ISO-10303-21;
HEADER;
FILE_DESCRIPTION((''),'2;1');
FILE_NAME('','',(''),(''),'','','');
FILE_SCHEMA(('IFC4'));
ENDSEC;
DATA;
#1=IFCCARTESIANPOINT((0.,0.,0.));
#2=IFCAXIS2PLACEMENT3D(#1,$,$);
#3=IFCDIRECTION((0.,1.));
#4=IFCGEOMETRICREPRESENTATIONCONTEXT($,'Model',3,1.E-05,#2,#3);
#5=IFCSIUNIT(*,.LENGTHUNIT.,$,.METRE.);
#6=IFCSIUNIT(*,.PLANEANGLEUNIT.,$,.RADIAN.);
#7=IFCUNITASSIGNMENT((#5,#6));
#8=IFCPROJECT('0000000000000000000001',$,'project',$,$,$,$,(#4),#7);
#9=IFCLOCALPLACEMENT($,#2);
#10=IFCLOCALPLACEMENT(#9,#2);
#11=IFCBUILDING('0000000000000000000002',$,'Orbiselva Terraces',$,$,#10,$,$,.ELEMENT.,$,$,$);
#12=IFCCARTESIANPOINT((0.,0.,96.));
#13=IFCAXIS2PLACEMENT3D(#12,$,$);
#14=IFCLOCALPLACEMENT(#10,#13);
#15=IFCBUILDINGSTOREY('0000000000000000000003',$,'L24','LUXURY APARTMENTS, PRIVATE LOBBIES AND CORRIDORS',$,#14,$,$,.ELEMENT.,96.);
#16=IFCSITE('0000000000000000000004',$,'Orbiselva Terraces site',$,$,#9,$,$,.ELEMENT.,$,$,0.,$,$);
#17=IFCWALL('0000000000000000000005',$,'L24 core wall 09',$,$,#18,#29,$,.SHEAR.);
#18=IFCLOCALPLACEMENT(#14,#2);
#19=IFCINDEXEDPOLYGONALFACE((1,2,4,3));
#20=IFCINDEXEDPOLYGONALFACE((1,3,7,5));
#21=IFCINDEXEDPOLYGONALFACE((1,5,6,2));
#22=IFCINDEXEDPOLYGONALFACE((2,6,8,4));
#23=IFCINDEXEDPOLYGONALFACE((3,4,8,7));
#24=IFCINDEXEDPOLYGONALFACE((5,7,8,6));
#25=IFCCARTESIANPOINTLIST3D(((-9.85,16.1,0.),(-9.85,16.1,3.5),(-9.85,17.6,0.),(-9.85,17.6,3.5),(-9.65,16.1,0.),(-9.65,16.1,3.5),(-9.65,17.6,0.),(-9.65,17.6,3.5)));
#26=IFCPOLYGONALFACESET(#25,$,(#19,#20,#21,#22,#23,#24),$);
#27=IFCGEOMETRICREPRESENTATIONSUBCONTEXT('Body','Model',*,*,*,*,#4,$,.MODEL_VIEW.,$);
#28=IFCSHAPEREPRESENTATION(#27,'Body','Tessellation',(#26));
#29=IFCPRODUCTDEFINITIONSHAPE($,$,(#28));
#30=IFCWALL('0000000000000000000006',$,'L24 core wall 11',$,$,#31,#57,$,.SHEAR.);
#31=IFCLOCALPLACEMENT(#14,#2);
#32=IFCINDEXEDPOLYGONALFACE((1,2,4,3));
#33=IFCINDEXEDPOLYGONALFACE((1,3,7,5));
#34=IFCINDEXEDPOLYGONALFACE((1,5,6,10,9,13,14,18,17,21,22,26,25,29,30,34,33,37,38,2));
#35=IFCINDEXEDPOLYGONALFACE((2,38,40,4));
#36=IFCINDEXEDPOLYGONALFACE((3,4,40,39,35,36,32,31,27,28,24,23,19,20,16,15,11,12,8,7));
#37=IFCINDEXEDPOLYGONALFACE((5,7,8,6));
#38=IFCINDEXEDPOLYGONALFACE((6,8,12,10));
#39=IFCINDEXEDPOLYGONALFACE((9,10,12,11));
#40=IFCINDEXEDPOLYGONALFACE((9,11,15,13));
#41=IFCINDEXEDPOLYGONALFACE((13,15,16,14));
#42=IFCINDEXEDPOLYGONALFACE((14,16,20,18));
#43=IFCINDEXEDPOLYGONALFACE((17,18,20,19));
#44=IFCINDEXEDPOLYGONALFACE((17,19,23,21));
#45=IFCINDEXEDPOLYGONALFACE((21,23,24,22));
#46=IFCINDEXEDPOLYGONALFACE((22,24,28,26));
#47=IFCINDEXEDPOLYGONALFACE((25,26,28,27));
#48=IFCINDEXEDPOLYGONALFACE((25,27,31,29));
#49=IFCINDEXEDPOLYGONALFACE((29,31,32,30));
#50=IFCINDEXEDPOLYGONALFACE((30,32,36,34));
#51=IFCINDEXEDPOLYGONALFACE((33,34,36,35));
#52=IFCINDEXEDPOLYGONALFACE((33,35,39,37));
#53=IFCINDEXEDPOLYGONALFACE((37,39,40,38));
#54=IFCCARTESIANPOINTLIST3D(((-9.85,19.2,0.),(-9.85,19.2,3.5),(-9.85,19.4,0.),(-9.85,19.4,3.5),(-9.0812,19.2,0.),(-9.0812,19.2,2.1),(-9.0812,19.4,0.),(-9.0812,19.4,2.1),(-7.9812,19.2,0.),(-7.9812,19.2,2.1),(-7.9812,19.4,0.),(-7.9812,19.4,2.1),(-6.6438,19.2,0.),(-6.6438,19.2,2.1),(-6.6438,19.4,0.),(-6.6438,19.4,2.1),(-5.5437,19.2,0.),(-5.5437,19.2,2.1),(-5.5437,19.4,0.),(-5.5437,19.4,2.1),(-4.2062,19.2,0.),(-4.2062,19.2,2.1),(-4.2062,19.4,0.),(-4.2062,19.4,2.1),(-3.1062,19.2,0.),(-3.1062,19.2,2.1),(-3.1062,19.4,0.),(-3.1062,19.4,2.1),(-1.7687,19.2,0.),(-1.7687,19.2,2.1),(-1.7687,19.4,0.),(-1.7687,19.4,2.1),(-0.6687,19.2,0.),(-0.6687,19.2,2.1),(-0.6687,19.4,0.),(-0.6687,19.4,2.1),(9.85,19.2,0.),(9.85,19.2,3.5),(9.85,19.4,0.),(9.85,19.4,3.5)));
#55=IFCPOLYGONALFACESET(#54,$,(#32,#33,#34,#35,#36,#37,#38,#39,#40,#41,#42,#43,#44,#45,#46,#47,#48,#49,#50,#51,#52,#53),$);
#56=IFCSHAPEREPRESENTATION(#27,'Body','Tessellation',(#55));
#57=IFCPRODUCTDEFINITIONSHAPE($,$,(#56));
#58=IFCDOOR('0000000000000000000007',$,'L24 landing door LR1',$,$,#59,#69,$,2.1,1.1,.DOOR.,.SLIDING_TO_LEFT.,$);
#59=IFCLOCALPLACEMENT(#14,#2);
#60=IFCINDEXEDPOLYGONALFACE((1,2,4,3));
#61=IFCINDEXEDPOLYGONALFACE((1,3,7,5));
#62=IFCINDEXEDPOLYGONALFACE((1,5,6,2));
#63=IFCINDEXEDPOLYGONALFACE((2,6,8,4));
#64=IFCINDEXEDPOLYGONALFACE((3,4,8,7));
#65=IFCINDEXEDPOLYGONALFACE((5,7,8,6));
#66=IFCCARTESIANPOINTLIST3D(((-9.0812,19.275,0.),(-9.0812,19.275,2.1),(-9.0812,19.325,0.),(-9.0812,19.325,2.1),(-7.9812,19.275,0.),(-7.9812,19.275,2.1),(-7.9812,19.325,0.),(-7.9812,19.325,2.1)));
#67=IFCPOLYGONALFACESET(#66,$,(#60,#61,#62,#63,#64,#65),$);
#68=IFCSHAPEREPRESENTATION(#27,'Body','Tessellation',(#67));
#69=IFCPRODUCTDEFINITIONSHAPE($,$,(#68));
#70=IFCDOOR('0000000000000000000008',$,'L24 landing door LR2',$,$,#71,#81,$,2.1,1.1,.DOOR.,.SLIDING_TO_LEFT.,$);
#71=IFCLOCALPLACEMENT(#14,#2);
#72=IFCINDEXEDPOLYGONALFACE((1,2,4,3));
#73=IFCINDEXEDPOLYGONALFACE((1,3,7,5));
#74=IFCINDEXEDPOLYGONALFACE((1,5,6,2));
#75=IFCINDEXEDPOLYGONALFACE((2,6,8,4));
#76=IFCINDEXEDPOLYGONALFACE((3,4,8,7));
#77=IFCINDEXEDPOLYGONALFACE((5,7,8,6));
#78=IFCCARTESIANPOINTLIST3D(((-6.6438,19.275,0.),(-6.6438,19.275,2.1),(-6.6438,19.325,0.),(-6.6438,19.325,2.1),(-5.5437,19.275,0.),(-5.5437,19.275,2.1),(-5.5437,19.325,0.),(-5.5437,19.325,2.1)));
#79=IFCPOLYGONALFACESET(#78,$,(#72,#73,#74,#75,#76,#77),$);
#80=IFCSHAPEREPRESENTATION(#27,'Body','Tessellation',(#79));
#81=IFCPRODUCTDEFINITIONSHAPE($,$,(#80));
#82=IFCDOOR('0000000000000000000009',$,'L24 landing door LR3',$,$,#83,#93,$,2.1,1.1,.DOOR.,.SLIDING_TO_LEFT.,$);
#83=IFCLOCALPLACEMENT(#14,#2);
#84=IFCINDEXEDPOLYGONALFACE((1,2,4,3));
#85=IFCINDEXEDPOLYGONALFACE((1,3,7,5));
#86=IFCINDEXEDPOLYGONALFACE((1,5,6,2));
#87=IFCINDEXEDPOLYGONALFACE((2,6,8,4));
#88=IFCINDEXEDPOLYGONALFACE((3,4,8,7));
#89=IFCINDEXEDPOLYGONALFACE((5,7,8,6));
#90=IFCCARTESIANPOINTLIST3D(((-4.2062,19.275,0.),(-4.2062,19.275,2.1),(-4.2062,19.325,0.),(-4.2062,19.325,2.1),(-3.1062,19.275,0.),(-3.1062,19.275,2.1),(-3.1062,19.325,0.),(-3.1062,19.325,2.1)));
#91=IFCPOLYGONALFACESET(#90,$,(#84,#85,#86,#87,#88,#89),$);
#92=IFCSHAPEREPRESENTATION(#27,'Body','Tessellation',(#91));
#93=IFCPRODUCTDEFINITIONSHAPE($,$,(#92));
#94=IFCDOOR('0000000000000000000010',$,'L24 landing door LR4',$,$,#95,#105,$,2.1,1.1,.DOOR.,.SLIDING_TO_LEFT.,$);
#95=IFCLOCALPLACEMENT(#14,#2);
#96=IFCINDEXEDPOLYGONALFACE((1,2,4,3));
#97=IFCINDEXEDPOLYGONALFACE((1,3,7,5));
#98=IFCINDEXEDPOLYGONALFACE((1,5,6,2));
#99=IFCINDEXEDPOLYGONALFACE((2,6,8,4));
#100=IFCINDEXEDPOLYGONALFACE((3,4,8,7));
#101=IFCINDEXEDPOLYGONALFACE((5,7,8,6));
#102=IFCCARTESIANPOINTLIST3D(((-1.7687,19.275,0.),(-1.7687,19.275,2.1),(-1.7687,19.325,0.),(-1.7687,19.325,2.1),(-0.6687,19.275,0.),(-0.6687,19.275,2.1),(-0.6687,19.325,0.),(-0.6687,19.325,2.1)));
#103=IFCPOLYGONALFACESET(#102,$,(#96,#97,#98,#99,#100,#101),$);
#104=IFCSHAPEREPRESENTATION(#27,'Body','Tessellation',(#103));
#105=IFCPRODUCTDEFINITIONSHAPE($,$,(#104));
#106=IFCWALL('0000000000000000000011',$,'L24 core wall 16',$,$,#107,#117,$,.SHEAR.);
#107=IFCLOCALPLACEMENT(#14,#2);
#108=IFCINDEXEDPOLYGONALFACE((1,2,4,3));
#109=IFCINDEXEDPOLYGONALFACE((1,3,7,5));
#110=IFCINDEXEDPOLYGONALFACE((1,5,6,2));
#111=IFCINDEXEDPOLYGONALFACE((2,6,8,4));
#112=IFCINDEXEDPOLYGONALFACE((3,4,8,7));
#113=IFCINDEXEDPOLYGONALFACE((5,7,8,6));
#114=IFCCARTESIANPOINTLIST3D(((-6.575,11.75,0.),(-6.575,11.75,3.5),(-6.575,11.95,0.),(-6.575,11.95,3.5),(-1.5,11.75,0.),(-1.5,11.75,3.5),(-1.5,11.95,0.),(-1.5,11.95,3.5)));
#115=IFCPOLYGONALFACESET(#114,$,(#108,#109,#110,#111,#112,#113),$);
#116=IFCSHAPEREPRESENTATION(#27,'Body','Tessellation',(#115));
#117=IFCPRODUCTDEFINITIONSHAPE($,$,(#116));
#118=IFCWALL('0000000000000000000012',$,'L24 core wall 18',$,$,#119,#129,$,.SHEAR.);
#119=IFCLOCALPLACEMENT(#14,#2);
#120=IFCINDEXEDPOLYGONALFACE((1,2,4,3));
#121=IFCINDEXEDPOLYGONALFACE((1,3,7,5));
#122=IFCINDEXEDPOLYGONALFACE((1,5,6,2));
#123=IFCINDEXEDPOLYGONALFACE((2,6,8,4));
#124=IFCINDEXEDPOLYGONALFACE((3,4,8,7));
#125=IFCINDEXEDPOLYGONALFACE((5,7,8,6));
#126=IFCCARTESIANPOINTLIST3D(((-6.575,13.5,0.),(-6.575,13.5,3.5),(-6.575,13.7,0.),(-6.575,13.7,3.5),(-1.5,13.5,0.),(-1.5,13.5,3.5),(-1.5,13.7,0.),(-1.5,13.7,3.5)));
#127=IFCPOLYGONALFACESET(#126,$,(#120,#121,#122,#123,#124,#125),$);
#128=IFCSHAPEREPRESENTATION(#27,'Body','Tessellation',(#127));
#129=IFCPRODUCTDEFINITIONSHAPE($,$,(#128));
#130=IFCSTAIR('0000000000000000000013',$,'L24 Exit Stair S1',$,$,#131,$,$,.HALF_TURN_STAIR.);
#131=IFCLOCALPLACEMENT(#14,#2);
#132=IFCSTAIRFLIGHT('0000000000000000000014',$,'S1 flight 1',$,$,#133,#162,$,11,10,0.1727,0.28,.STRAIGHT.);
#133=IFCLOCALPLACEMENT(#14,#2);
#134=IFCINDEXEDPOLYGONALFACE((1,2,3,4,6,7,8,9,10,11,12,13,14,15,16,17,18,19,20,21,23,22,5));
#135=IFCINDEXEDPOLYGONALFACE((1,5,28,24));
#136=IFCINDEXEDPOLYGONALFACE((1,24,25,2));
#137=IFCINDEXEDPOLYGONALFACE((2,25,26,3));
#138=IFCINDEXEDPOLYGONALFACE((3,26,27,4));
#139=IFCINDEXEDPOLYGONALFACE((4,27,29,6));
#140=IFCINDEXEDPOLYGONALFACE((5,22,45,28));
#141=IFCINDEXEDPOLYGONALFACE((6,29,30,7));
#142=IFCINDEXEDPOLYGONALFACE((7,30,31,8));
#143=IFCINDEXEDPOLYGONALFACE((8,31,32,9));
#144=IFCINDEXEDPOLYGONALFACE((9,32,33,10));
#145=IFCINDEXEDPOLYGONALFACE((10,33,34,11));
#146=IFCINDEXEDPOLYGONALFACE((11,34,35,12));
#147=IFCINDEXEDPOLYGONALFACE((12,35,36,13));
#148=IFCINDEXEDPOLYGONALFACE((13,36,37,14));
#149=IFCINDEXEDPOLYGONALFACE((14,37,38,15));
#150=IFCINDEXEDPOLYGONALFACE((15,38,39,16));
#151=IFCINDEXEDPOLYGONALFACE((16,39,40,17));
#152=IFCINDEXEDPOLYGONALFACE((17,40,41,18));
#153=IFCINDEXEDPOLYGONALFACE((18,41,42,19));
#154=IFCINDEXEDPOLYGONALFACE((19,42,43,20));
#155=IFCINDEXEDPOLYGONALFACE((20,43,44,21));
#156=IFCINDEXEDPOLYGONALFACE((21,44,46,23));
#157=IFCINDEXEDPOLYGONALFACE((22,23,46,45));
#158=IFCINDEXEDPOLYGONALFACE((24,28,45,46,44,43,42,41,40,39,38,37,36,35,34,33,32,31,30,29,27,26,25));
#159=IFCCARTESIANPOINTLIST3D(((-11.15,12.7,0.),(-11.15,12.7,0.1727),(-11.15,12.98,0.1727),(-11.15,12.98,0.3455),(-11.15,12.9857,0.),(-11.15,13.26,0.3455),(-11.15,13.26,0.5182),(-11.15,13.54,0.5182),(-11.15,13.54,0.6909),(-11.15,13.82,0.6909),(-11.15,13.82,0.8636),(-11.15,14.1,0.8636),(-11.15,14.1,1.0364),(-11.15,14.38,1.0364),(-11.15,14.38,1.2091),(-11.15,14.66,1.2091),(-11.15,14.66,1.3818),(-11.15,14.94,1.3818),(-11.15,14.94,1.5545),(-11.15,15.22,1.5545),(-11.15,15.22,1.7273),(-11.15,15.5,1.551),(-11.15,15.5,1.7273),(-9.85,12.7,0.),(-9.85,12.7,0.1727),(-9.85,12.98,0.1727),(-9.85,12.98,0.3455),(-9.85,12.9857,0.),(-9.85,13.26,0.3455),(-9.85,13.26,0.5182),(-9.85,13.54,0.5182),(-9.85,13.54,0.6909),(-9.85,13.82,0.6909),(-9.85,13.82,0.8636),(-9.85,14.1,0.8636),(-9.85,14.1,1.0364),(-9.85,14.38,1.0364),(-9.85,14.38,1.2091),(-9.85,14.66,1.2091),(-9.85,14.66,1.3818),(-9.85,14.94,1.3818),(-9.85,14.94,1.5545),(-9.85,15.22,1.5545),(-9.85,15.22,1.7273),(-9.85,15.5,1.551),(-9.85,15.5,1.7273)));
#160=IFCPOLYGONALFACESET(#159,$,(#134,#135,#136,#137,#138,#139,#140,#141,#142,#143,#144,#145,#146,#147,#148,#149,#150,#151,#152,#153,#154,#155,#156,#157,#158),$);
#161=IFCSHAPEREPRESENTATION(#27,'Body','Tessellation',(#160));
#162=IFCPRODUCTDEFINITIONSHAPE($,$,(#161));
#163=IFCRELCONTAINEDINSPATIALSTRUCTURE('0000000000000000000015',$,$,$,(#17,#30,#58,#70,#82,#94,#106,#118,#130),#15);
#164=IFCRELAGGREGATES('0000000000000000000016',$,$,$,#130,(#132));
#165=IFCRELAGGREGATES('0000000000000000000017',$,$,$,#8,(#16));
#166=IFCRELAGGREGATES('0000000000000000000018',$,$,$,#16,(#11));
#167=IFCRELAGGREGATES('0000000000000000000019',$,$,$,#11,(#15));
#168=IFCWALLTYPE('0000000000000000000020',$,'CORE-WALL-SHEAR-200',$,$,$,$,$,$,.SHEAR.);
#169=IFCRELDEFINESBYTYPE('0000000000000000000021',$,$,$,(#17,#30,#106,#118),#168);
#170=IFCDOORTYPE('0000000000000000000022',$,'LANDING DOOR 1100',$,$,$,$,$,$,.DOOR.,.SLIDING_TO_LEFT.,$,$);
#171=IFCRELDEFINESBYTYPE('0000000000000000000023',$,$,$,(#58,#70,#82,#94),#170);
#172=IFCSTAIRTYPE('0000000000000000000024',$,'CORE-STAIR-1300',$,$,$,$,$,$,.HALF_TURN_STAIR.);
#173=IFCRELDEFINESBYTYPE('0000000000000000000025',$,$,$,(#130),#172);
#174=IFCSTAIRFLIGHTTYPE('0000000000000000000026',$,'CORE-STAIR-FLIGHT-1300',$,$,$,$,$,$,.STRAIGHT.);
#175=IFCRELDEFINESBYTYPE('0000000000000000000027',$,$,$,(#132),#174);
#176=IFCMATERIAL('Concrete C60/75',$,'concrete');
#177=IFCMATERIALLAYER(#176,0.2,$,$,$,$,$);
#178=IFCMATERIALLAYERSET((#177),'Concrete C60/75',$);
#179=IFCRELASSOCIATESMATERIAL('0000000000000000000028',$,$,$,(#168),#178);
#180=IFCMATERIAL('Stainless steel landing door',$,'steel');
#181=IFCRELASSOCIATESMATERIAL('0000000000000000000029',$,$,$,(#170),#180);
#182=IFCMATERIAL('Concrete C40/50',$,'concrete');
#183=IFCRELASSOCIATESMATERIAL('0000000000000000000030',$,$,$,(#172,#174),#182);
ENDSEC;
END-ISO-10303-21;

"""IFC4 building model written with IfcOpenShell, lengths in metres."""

from ifc_helpers import new_model, si_unit, direction, frame, frame_2d, origin, place, context, subcontext, project, spatial, polyline, rectangle, outline, extrude, material, layer, layer_set, type_object, element, fill, aggregate, save


model = new_model("IFC4")

# Units and contexts
model_context = context("Model", 3, precision=1e-05, world=origin(), true_north=direction((0.0, 1.0)))
body_context = subcontext(model_context, "Body", "Model", "MODEL_VIEW")
ifc_project = project(units=[si_unit("LENGTHUNIT", "METRE"), si_unit("PLANEANGLEUNIT", "RADIAN")], contexts=[model_context])

# Site, building, storey
site_placement = place(None, origin())
site = spatial("IfcSite", under=ifc_project, at=site_placement, Name="Orbiselva Terraces site", CompositionType="ELEMENT", RefElevation=0.0)
building_placement = place(site_placement, origin())
building = spatial("IfcBuilding", under=site, at=building_placement, Name="Orbiselva Terraces", CompositionType="ELEMENT")
storey_placement = place(building_placement, frame((0.0, 0.0, 96.0)))
storey = spatial("IfcBuildingStorey", under=building, at=storey_placement, Name="L24", Description="LUXURY APARTMENTS, PRIVATE LOBBIES AND CORRIDORS", CompositionType="ELEMENT", Elevation=96.0)

# Shared definitions
ifc_material_1 = material(Name="Concrete C40/50", Category="concrete")

# Shared definitions
ifc_material_2 = material(Name="Concrete C60/75", Category="concrete")
ifc_layer_1 = layer(ifc_material_2, 0.2)
ifc_layer_set_1 = layer_set([ifc_layer_1], Name="Concrete C60/75")
wall_type_1 = type_object("IfcWallType", Name="CORE-WALL-SHEAR-200", PredefinedType="SHEAR", material=ifc_layer_set_1)

# Wall
wall_1_placement = place(storey_placement, frame((-9.75, 16.1, 0.0), z_axis=(0.0, 0.0, 1.0), x_axis=(0.0, 1.0, 0.0)))
element("IfcWall", 1, at=wall_1_placement, inside=storey, type_object=wall_type_1, Name="L24 core wall 09", PredefinedType="SHEAR", context=body_context, shape_type="SweptSolid", body=[
    extrude(rectangle(XDim=1.5, YDim=0.2, at=frame_2d((0.75, 0.0))), origin(), (0.0, 0.0, 1.0), 3.5),
])

# Wall, openings, doors
wall_2_placement = place(storey_placement, frame((-9.85, 19.3, 0.0), z_axis=(0.0, 0.0, 1.0), x_axis=(1.0, 0.0, 0.0)))
wall_2 = element("IfcWall", 2, at=wall_2_placement, inside=storey, type_object=wall_type_1, Name="L24 core wall 11", PredefinedType="SHEAR", context=body_context, shape_type="SweptSolid", body=[
    extrude(rectangle(XDim=19.7, YDim=0.2, at=frame_2d((9.85, 0.0))), origin(), (0.0, 0.0, 1.0), 3.5),
])
opening_1_placement = place(wall_2_placement, frame((0.7688, 0.0, 0.0)))
opening_1 = element("IfcOpeningElement", 3, at=opening_1_placement, cuts=wall_2, PredefinedType="OPENING", context=body_context, shape_type="SweptSolid", body=[
    extrude(rectangle(XDim=1.1, YDim=2.1, at=frame_2d((0.55, 1.05))), frame((0.0, 0.11, 0.0), z_axis=(0.0, -1.0, 0.0), x_axis=(1.0, 0.0, 0.0)), (0.0, 0.0, 1.0), 0.22),
])
opening_2_placement = place(wall_2_placement, frame((3.2062, 0.0, 0.0)))
opening_2 = element("IfcOpeningElement", 4, at=opening_2_placement, cuts=wall_2, PredefinedType="OPENING", context=body_context, shape_type="SweptSolid", body=[
    extrude(rectangle(XDim=1.1, YDim=2.1, at=frame_2d((0.55, 1.05))), frame((0.0, 0.11, 0.0), z_axis=(0.0, -1.0, 0.0), x_axis=(1.0, 0.0, 0.0)), (0.0, 0.0, 1.0), 0.22),
])
opening_3_placement = place(wall_2_placement, frame((5.6437, 0.0, 0.0)))
opening_3 = element("IfcOpeningElement", 5, at=opening_3_placement, cuts=wall_2, PredefinedType="OPENING", context=body_context, shape_type="SweptSolid", body=[
    extrude(rectangle(XDim=1.1, YDim=2.1, at=frame_2d((0.55, 1.05))), frame((0.0, 0.11, 0.0), z_axis=(0.0, -1.0, 0.0), x_axis=(1.0, 0.0, 0.0)), (0.0, 0.0, 1.0), 0.22),
])
opening_4_placement = place(wall_2_placement, frame((8.0813, 0.0, 0.0)))
opening_4 = element("IfcOpeningElement", 6, at=opening_4_placement, cuts=wall_2, PredefinedType="OPENING", context=body_context, shape_type="SweptSolid", body=[
    extrude(rectangle(XDim=1.1, YDim=2.1, at=frame_2d((0.55, 1.05))), frame((0.0, 0.11, 0.0), z_axis=(0.0, -1.0, 0.0), x_axis=(1.0, 0.0, 0.0)), (0.0, 0.0, 1.0), 0.22),
])
ifc_material_3 = material(Name="Stainless steel landing door", Category="steel")
door_type_1 = type_object("IfcDoorType", Name="LANDING DOOR 1100", OperationType="SLIDING_TO_LEFT", PredefinedType="DOOR", material=ifc_material_3)
door_1_placement = place(opening_1_placement, origin())
door_1 = element("IfcDoor", 7, at=door_1_placement, inside=storey, type_object=door_type_1, Name="L24 landing door LR1", OperationType="SLIDING_TO_LEFT", OverallHeight=2.1, OverallWidth=1.1, PredefinedType="DOOR", context=body_context, shape_type="SweptSolid", body=[
    extrude(rectangle(XDim=1.1, YDim=2.1, at=frame_2d((0.55, 1.05))), frame((0.0, 0.025, 0.0), z_axis=(0.0, -1.0, 0.0), x_axis=(1.0, 0.0, 0.0)), (0.0, 0.0, 1.0), 0.05),
])
fill(opening_1, door_1)
door_2_placement = place(opening_2_placement, origin())
door_2 = element("IfcDoor", 8, at=door_2_placement, inside=storey, type_object=door_type_1, Name="L24 landing door LR2", OperationType="SLIDING_TO_LEFT", OverallHeight=2.1, OverallWidth=1.1, PredefinedType="DOOR", context=body_context, shape_type="SweptSolid", body=[
    extrude(rectangle(XDim=1.1, YDim=2.1, at=frame_2d((0.55, 1.05))), frame((0.0, 0.025, 0.0), z_axis=(0.0, -1.0, 0.0), x_axis=(1.0, 0.0, 0.0)), (0.0, 0.0, 1.0), 0.05),
])
fill(opening_2, door_2)
door_3_placement = place(opening_3_placement, origin())
door_3 = element("IfcDoor", 9, at=door_3_placement, inside=storey, type_object=door_type_1, Name="L24 landing door LR3", OperationType="SLIDING_TO_LEFT", OverallHeight=2.1, OverallWidth=1.1, PredefinedType="DOOR", context=body_context, shape_type="SweptSolid", body=[
    extrude(rectangle(XDim=1.1, YDim=2.1, at=frame_2d((0.55, 1.05))), frame((0.0, 0.025, 0.0), z_axis=(0.0, -1.0, 0.0), x_axis=(1.0, 0.0, 0.0)), (0.0, 0.0, 1.0), 0.05),
])
fill(opening_3, door_3)
door_4_placement = place(opening_4_placement, origin())
door_4 = element("IfcDoor", 10, at=door_4_placement, inside=storey, type_object=door_type_1, Name="L24 landing door LR4", OperationType="SLIDING_TO_LEFT", OverallHeight=2.1, OverallWidth=1.1, PredefinedType="DOOR", context=body_context, shape_type="SweptSolid", body=[
    extrude(rectangle(XDim=1.1, YDim=2.1, at=frame_2d((0.55, 1.05))), frame((0.0, 0.025, 0.0), z_axis=(0.0, -1.0, 0.0), x_axis=(1.0, 0.0, 0.0)), (0.0, 0.0, 1.0), 0.05),
])
fill(opening_4, door_4)

# Walls
for number, where, z_axis, x_axis, name in (
    (11, (-6.575, 11.85, 0.0), (0.0, 0.0, 1.0), (1.0, 0.0, 0.0), "L24 core wall 16"),
    (12, (-6.575, 13.6, 0.0), (0.0, 0.0, 1.0), (1.0, 0.0, 0.0), "L24 core wall 18"),
):
    element("IfcWall", number, at=place(storey_placement, frame(where, z_axis=z_axis, x_axis=x_axis)), inside=storey, type_object=wall_type_1, Name=name, PredefinedType="SHEAR", context=body_context, shape_type="SweptSolid", body=[
        extrude(rectangle(XDim=5.075, YDim=0.2, at=frame_2d((2.5375, 0.0))), origin(), (0.0, 0.0, 1.0), 3.5),
    ])

# Stair, stair flight
stair_type = type_object("IfcStairType", Name="CORE-STAIR-1300", PredefinedType="HALF_TURN_STAIR", material=ifc_material_1)
stair_placement = place(storey_placement, origin())
stair = element("IfcStair", 13, at=stair_placement, inside=storey, type_object=stair_type, Name="L24 Exit Stair S1", PredefinedType="HALF_TURN_STAIR")
stair_flight_type = type_object("IfcStairFlightType", Name="CORE-STAIR-FLIGHT-1300", PredefinedType="STRAIGHT", material=ifc_material_1)
stair_flight_placement = place(storey_placement, frame((-10.5, 12.7, 0.0), z_axis=(0.0, 0.0, 1.0), x_axis=(0.0, 1.0, 0.0)))
stair_flight = element("IfcStairFlight", 14, at=stair_flight_placement, type_object=stair_flight_type, Name="S1 flight 1", NumberOfRisers=11, NumberOfTreads=10, PredefinedType="STRAIGHT", RiserHeight=0.1727, TreadLength=0.28, context=body_context, shape_type="SweptSolid", body=[
    extrude(outline(polyline([(0.0, 0.0), (0.0, 0.1727), (0.28, 0.1727), (0.28, 0.3455), (0.56, 0.3455), (0.56, 0.5182), (0.84, 0.5182), (0.84, 0.6909), (1.12, 0.6909), (1.12, 0.8636), (1.4, 0.8636), (1.4, 1.0364), (1.68, 1.0364), (1.68, 1.2091), (1.96, 1.2091), (1.96, 1.3818), (2.24, 1.3818), (2.24, 1.5545), (2.52, 1.5545), (2.52, 1.7273), (2.8, 1.7273), (2.8, 1.9), (2.8, 1.551), (0.2857, 0.0), (0.0, 0.0)])), frame((0.0, 0.65, 0.0), z_axis=(0.0, -1.0, 0.0), x_axis=(1.0, 0.0, 0.0)), (0.0, 0.0, 1.0), 1.3),
])
aggregate(stair, [stair_flight])

save(model, "model.ifc")
